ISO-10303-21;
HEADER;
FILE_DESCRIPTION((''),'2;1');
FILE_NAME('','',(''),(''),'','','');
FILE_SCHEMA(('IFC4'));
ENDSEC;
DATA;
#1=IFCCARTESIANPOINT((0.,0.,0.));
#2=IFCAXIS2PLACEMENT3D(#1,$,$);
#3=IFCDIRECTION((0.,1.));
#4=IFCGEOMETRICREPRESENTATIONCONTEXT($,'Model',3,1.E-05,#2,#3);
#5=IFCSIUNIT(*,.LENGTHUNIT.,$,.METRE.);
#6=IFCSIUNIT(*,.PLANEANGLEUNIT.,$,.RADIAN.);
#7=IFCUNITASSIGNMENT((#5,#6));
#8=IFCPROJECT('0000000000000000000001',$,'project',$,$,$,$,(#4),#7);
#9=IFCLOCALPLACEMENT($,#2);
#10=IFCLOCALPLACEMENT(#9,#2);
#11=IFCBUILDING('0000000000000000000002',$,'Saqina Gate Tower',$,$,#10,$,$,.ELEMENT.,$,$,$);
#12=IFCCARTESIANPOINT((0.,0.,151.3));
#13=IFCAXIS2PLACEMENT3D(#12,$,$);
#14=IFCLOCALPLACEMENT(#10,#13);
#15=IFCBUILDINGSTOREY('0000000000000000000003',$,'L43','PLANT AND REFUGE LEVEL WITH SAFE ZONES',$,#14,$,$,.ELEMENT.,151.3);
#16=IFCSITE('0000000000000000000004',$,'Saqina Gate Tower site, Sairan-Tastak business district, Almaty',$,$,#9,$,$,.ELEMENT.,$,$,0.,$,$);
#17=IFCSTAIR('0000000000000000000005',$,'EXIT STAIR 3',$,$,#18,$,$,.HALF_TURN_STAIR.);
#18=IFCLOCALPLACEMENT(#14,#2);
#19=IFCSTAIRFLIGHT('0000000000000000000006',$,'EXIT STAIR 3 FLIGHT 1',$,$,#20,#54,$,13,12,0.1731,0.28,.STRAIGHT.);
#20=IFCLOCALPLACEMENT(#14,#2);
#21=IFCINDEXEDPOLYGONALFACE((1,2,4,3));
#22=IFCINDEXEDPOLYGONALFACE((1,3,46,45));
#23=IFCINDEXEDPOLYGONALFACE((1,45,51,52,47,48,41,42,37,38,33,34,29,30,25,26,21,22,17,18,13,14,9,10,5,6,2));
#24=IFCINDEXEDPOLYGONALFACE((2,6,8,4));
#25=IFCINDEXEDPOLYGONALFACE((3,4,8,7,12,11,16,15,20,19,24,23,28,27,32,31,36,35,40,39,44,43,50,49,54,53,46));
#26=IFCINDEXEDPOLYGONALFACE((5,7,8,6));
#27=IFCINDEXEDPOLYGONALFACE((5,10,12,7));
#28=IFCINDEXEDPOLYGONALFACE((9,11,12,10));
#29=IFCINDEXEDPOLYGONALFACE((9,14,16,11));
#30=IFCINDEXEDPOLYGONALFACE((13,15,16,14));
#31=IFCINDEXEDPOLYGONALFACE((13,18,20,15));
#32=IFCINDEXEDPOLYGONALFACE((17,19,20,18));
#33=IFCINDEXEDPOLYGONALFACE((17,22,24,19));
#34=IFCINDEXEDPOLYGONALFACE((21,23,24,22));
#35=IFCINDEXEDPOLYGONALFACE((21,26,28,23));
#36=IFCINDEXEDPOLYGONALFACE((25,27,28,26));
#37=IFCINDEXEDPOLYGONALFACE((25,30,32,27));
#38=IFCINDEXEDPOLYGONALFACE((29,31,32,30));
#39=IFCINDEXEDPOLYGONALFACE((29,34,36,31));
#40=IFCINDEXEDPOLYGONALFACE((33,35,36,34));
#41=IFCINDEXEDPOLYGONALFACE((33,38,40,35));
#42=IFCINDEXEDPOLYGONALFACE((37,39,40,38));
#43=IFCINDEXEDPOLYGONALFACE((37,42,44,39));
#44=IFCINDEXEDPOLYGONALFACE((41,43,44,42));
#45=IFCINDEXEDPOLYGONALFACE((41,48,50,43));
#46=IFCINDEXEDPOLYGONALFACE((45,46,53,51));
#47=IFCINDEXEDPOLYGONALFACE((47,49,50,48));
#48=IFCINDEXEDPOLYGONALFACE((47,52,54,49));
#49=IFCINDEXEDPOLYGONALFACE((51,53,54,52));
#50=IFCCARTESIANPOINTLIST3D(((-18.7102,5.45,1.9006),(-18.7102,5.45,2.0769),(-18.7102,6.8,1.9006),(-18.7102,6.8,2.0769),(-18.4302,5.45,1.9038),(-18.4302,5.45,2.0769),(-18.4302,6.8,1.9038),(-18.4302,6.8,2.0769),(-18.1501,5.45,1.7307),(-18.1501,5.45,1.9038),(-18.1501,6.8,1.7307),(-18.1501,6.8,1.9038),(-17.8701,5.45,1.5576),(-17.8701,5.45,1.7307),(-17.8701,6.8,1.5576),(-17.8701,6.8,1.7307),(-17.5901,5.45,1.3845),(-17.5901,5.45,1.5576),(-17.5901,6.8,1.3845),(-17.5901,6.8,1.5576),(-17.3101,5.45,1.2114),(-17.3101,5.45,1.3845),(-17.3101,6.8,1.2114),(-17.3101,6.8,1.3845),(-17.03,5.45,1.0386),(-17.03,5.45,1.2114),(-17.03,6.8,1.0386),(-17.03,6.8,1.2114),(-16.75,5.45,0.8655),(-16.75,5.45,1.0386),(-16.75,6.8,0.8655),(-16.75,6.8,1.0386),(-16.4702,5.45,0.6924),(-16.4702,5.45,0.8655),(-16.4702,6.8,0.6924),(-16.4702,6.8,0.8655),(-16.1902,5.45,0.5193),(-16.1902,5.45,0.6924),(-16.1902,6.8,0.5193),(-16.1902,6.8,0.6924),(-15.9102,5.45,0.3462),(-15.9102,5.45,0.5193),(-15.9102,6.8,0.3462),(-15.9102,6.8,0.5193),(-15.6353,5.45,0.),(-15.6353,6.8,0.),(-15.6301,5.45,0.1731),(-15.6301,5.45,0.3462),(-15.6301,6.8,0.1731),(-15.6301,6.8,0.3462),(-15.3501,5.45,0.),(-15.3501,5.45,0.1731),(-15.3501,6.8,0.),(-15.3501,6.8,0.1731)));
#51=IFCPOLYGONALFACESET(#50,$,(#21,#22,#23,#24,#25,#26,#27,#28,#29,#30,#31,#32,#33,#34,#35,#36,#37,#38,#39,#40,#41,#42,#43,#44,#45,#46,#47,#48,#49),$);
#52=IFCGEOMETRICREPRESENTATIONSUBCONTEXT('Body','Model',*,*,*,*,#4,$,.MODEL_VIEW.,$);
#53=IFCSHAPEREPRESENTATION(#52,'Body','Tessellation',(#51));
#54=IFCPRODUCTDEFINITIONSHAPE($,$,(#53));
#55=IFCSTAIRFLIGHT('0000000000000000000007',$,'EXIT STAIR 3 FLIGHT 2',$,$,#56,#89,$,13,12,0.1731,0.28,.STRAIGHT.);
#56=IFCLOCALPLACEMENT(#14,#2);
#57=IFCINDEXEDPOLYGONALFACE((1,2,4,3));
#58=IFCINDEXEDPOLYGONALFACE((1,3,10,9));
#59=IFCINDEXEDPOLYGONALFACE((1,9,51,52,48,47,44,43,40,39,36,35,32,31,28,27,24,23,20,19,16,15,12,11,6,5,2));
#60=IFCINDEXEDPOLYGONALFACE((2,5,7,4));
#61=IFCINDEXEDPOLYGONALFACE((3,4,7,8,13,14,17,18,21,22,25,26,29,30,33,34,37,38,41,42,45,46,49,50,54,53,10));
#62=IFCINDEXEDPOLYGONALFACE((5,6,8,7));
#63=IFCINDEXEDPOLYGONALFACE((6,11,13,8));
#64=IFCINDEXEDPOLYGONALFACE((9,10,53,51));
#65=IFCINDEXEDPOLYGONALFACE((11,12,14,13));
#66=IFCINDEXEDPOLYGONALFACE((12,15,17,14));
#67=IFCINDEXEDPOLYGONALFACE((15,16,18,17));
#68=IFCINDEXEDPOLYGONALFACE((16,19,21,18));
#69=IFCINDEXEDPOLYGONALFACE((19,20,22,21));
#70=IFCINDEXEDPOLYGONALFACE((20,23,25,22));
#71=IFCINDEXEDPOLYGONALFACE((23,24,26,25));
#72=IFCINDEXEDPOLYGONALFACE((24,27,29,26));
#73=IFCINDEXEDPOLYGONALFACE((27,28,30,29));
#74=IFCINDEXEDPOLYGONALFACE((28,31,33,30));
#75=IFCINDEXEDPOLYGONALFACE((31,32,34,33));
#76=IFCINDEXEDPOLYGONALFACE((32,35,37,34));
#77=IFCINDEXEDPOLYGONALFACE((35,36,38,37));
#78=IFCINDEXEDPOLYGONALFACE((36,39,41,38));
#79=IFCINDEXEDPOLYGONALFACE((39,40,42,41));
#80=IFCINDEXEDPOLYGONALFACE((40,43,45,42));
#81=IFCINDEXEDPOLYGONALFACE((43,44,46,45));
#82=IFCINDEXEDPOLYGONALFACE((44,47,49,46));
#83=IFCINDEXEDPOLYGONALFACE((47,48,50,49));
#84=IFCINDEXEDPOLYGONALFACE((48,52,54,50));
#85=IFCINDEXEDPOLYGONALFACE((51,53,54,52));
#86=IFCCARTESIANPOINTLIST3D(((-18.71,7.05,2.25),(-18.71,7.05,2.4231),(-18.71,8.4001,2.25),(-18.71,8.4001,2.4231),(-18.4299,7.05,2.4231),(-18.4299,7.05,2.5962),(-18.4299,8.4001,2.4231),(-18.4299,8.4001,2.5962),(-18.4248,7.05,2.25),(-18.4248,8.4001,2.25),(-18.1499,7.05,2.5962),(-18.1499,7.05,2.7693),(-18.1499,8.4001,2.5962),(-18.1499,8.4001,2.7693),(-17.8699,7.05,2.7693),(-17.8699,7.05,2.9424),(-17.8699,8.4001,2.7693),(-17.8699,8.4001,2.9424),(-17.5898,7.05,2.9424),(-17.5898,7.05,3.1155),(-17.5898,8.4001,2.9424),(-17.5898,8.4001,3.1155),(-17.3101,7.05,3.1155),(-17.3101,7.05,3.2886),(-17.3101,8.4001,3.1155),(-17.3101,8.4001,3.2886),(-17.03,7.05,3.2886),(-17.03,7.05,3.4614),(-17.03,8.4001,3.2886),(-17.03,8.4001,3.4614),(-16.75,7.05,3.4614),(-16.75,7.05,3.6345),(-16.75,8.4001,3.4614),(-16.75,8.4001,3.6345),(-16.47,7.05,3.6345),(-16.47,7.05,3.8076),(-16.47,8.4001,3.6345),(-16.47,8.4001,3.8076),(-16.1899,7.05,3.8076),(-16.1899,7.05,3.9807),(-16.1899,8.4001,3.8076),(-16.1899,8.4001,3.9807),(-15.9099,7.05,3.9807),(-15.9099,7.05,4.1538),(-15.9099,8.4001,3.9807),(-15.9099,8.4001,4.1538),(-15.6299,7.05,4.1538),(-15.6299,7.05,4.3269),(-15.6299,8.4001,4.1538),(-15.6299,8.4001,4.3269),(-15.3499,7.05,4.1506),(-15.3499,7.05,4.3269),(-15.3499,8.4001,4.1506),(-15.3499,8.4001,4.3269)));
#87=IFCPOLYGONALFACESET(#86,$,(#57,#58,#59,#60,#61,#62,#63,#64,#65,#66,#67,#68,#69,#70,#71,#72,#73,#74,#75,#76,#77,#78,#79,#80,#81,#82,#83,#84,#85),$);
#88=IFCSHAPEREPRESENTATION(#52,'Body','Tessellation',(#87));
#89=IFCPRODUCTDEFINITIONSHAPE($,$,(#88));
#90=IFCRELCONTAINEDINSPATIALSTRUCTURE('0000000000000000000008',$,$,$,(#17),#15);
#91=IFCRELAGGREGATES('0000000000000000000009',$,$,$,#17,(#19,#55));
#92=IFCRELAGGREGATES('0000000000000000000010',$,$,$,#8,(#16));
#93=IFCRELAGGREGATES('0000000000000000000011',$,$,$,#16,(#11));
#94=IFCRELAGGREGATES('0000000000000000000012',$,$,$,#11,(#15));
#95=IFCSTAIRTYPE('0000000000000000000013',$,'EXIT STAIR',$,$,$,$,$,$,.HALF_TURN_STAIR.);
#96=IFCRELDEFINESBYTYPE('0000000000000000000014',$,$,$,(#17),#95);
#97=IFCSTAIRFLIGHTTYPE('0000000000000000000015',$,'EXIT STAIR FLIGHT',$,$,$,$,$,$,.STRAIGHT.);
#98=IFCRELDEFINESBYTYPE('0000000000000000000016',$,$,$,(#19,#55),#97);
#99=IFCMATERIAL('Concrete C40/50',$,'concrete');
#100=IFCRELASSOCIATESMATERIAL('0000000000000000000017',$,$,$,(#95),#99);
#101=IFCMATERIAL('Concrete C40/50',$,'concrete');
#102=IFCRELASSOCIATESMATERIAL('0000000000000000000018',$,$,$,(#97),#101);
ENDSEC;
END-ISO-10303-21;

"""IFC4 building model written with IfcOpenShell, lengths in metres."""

from ifc_helpers import new_model, si_unit, direction, frame, origin, place, context, subcontext, project, spatial, polyline, outline, extrude, material, type_object, element, aggregate, save


model = new_model("IFC4")

# Units and contexts
model_context = context("Model", 3, precision=1e-05, world=origin(), true_north=direction((0.0, 1.0)))
body_context = subcontext(model_context, "Body", "Model", "MODEL_VIEW")
ifc_project = project(units=[si_unit("LENGTHUNIT", "METRE"), si_unit("PLANEANGLEUNIT", "RADIAN")], contexts=[model_context])

# Site, building, storey
site_placement = place(None, origin())
site = spatial("IfcSite", under=ifc_project, at=site_placement, Name="Saqina Gate Tower site, Sairan-Tastak business district, Almaty", CompositionType="ELEMENT", RefElevation=0.0)
building_placement = place(site_placement, origin())
building = spatial("IfcBuilding", under=site, at=building_placement, Name="Saqina Gate Tower", CompositionType="ELEMENT")
storey_placement = place(building_placement, frame((0.0, 0.0, 151.3)))
storey = spatial("IfcBuildingStorey", under=building, at=storey_placement, Name="L43", Description="PLANT AND REFUGE LEVEL WITH SAFE ZONES", CompositionType="ELEMENT", Elevation=151.3)

# Stair, stair flights
ifc_material_1 = material(Name="Concrete C40/50", Category="concrete")
stair_type = type_object("IfcStairType", Name="EXIT STAIR", PredefinedType="HALF_TURN_STAIR", material=ifc_material_1)
stair_placement = place(storey_placement, origin())
stair = element("IfcStair", 1, at=stair_placement, inside=storey, type_object=stair_type, Name="EXIT STAIR 3", PredefinedType="HALF_TURN_STAIR")
ifc_material_2 = material(Name="Concrete C40/50", Category="concrete")
stair_flight_type = type_object("IfcStairFlightType", Name="EXIT STAIR FLIGHT", PredefinedType="STRAIGHT", material=ifc_material_2)
stair_flight_1_placement = place(storey_placement, frame((-15.3501, 6.125, 0.0), z_axis=(0.0, 0.0, 1.0), x_axis=(-1.0, 0.0, 0.0)))
stair_flight_1 = element("IfcStairFlight", 2, at=stair_flight_1_placement, type_object=stair_flight_type, Name="EXIT STAIR 3 FLIGHT 1", NumberOfRisers=13, NumberOfTreads=12, PredefinedType="STRAIGHT", RiserHeight=0.1731, TreadLength=0.28, context=body_context, shape_type="SweptSolid", body=[
    extrude(outline(polyline([(0.0, 0.0), (0.0, 0.1731), (0.28, 0.1731), (0.28, 0.3462), (0.5601, 0.3462), (0.5601, 0.5193), (0.8401, 0.5193), (0.8401, 0.6924), (1.1201, 0.6924), (1.1201, 0.8655), (1.3999, 0.8655), (1.3999, 1.0386), (1.6799, 1.0386), (1.6799, 1.2114), (1.96, 1.2114), (1.96, 1.3845), (2.24, 1.3845), (2.24, 1.5576), (2.52, 1.5576), (2.52, 1.7307), (2.8, 1.7307), (2.8, 1.9038), (3.0801, 1.9038), (3.0801, 2.0769), (3.3601, 2.0769), (3.3601, 2.25), (3.3601, 1.9006), (0.2852, 0.0), (0.0, 0.0)])), frame((0.0, 0.675, 0.0), z_axis=(0.0, -1.0, 0.0), x_axis=(1.0, 0.0, 0.0)), (0.0, 0.0, 1.0), 1.3501),
])
stair_flight_2_placement = place(storey_placement, frame((-18.71, 7.7251, 2.25), z_axis=(0.0, 0.0, 1.0), x_axis=(1.0, 0.0, 0.0)))
stair_flight_2 = element("IfcStairFlight", 3, at=stair_flight_2_placement, type_object=stair_flight_type, Name="EXIT STAIR 3 FLIGHT 2", NumberOfRisers=13, NumberOfTreads=12, PredefinedType="STRAIGHT", RiserHeight=0.1731, TreadLength=0.28, context=body_context, shape_type="SweptSolid", body=[
    extrude(outline(polyline([(0.0, 0.0), (0.0, 0.1731), (0.28, 0.1731), (0.28, 0.3462), (0.5601, 0.3462), (0.5601, 0.5193), (0.8401, 0.5193), (0.8401, 0.6924), (1.1201, 0.6924), (1.1201, 0.8655), (1.3999, 0.8655), (1.3999, 1.0386), (1.6799, 1.0386), (1.6799, 1.2114), (1.96, 1.2114), (1.96, 1.3845), (2.24, 1.3845), (2.24, 1.5576), (2.52, 1.5576), (2.52, 1.7307), (2.8, 1.7307), (2.8, 1.9038), (3.0801, 1.9038), (3.0801, 2.0769), (3.3601, 2.0769), (3.3601, 2.25), (3.3601, 1.9006), (0.2852, 0.0), (0.0, 0.0)])), frame((0.0, 0.675, 0.0), z_axis=(0.0, -1.0, 0.0), x_axis=(1.0, 0.0, 0.0)), (0.0, 0.0, 1.0), 1.3501),
])
aggregate(stair, [stair_flight_1, stair_flight_2])

save(model, "model.ifc")
